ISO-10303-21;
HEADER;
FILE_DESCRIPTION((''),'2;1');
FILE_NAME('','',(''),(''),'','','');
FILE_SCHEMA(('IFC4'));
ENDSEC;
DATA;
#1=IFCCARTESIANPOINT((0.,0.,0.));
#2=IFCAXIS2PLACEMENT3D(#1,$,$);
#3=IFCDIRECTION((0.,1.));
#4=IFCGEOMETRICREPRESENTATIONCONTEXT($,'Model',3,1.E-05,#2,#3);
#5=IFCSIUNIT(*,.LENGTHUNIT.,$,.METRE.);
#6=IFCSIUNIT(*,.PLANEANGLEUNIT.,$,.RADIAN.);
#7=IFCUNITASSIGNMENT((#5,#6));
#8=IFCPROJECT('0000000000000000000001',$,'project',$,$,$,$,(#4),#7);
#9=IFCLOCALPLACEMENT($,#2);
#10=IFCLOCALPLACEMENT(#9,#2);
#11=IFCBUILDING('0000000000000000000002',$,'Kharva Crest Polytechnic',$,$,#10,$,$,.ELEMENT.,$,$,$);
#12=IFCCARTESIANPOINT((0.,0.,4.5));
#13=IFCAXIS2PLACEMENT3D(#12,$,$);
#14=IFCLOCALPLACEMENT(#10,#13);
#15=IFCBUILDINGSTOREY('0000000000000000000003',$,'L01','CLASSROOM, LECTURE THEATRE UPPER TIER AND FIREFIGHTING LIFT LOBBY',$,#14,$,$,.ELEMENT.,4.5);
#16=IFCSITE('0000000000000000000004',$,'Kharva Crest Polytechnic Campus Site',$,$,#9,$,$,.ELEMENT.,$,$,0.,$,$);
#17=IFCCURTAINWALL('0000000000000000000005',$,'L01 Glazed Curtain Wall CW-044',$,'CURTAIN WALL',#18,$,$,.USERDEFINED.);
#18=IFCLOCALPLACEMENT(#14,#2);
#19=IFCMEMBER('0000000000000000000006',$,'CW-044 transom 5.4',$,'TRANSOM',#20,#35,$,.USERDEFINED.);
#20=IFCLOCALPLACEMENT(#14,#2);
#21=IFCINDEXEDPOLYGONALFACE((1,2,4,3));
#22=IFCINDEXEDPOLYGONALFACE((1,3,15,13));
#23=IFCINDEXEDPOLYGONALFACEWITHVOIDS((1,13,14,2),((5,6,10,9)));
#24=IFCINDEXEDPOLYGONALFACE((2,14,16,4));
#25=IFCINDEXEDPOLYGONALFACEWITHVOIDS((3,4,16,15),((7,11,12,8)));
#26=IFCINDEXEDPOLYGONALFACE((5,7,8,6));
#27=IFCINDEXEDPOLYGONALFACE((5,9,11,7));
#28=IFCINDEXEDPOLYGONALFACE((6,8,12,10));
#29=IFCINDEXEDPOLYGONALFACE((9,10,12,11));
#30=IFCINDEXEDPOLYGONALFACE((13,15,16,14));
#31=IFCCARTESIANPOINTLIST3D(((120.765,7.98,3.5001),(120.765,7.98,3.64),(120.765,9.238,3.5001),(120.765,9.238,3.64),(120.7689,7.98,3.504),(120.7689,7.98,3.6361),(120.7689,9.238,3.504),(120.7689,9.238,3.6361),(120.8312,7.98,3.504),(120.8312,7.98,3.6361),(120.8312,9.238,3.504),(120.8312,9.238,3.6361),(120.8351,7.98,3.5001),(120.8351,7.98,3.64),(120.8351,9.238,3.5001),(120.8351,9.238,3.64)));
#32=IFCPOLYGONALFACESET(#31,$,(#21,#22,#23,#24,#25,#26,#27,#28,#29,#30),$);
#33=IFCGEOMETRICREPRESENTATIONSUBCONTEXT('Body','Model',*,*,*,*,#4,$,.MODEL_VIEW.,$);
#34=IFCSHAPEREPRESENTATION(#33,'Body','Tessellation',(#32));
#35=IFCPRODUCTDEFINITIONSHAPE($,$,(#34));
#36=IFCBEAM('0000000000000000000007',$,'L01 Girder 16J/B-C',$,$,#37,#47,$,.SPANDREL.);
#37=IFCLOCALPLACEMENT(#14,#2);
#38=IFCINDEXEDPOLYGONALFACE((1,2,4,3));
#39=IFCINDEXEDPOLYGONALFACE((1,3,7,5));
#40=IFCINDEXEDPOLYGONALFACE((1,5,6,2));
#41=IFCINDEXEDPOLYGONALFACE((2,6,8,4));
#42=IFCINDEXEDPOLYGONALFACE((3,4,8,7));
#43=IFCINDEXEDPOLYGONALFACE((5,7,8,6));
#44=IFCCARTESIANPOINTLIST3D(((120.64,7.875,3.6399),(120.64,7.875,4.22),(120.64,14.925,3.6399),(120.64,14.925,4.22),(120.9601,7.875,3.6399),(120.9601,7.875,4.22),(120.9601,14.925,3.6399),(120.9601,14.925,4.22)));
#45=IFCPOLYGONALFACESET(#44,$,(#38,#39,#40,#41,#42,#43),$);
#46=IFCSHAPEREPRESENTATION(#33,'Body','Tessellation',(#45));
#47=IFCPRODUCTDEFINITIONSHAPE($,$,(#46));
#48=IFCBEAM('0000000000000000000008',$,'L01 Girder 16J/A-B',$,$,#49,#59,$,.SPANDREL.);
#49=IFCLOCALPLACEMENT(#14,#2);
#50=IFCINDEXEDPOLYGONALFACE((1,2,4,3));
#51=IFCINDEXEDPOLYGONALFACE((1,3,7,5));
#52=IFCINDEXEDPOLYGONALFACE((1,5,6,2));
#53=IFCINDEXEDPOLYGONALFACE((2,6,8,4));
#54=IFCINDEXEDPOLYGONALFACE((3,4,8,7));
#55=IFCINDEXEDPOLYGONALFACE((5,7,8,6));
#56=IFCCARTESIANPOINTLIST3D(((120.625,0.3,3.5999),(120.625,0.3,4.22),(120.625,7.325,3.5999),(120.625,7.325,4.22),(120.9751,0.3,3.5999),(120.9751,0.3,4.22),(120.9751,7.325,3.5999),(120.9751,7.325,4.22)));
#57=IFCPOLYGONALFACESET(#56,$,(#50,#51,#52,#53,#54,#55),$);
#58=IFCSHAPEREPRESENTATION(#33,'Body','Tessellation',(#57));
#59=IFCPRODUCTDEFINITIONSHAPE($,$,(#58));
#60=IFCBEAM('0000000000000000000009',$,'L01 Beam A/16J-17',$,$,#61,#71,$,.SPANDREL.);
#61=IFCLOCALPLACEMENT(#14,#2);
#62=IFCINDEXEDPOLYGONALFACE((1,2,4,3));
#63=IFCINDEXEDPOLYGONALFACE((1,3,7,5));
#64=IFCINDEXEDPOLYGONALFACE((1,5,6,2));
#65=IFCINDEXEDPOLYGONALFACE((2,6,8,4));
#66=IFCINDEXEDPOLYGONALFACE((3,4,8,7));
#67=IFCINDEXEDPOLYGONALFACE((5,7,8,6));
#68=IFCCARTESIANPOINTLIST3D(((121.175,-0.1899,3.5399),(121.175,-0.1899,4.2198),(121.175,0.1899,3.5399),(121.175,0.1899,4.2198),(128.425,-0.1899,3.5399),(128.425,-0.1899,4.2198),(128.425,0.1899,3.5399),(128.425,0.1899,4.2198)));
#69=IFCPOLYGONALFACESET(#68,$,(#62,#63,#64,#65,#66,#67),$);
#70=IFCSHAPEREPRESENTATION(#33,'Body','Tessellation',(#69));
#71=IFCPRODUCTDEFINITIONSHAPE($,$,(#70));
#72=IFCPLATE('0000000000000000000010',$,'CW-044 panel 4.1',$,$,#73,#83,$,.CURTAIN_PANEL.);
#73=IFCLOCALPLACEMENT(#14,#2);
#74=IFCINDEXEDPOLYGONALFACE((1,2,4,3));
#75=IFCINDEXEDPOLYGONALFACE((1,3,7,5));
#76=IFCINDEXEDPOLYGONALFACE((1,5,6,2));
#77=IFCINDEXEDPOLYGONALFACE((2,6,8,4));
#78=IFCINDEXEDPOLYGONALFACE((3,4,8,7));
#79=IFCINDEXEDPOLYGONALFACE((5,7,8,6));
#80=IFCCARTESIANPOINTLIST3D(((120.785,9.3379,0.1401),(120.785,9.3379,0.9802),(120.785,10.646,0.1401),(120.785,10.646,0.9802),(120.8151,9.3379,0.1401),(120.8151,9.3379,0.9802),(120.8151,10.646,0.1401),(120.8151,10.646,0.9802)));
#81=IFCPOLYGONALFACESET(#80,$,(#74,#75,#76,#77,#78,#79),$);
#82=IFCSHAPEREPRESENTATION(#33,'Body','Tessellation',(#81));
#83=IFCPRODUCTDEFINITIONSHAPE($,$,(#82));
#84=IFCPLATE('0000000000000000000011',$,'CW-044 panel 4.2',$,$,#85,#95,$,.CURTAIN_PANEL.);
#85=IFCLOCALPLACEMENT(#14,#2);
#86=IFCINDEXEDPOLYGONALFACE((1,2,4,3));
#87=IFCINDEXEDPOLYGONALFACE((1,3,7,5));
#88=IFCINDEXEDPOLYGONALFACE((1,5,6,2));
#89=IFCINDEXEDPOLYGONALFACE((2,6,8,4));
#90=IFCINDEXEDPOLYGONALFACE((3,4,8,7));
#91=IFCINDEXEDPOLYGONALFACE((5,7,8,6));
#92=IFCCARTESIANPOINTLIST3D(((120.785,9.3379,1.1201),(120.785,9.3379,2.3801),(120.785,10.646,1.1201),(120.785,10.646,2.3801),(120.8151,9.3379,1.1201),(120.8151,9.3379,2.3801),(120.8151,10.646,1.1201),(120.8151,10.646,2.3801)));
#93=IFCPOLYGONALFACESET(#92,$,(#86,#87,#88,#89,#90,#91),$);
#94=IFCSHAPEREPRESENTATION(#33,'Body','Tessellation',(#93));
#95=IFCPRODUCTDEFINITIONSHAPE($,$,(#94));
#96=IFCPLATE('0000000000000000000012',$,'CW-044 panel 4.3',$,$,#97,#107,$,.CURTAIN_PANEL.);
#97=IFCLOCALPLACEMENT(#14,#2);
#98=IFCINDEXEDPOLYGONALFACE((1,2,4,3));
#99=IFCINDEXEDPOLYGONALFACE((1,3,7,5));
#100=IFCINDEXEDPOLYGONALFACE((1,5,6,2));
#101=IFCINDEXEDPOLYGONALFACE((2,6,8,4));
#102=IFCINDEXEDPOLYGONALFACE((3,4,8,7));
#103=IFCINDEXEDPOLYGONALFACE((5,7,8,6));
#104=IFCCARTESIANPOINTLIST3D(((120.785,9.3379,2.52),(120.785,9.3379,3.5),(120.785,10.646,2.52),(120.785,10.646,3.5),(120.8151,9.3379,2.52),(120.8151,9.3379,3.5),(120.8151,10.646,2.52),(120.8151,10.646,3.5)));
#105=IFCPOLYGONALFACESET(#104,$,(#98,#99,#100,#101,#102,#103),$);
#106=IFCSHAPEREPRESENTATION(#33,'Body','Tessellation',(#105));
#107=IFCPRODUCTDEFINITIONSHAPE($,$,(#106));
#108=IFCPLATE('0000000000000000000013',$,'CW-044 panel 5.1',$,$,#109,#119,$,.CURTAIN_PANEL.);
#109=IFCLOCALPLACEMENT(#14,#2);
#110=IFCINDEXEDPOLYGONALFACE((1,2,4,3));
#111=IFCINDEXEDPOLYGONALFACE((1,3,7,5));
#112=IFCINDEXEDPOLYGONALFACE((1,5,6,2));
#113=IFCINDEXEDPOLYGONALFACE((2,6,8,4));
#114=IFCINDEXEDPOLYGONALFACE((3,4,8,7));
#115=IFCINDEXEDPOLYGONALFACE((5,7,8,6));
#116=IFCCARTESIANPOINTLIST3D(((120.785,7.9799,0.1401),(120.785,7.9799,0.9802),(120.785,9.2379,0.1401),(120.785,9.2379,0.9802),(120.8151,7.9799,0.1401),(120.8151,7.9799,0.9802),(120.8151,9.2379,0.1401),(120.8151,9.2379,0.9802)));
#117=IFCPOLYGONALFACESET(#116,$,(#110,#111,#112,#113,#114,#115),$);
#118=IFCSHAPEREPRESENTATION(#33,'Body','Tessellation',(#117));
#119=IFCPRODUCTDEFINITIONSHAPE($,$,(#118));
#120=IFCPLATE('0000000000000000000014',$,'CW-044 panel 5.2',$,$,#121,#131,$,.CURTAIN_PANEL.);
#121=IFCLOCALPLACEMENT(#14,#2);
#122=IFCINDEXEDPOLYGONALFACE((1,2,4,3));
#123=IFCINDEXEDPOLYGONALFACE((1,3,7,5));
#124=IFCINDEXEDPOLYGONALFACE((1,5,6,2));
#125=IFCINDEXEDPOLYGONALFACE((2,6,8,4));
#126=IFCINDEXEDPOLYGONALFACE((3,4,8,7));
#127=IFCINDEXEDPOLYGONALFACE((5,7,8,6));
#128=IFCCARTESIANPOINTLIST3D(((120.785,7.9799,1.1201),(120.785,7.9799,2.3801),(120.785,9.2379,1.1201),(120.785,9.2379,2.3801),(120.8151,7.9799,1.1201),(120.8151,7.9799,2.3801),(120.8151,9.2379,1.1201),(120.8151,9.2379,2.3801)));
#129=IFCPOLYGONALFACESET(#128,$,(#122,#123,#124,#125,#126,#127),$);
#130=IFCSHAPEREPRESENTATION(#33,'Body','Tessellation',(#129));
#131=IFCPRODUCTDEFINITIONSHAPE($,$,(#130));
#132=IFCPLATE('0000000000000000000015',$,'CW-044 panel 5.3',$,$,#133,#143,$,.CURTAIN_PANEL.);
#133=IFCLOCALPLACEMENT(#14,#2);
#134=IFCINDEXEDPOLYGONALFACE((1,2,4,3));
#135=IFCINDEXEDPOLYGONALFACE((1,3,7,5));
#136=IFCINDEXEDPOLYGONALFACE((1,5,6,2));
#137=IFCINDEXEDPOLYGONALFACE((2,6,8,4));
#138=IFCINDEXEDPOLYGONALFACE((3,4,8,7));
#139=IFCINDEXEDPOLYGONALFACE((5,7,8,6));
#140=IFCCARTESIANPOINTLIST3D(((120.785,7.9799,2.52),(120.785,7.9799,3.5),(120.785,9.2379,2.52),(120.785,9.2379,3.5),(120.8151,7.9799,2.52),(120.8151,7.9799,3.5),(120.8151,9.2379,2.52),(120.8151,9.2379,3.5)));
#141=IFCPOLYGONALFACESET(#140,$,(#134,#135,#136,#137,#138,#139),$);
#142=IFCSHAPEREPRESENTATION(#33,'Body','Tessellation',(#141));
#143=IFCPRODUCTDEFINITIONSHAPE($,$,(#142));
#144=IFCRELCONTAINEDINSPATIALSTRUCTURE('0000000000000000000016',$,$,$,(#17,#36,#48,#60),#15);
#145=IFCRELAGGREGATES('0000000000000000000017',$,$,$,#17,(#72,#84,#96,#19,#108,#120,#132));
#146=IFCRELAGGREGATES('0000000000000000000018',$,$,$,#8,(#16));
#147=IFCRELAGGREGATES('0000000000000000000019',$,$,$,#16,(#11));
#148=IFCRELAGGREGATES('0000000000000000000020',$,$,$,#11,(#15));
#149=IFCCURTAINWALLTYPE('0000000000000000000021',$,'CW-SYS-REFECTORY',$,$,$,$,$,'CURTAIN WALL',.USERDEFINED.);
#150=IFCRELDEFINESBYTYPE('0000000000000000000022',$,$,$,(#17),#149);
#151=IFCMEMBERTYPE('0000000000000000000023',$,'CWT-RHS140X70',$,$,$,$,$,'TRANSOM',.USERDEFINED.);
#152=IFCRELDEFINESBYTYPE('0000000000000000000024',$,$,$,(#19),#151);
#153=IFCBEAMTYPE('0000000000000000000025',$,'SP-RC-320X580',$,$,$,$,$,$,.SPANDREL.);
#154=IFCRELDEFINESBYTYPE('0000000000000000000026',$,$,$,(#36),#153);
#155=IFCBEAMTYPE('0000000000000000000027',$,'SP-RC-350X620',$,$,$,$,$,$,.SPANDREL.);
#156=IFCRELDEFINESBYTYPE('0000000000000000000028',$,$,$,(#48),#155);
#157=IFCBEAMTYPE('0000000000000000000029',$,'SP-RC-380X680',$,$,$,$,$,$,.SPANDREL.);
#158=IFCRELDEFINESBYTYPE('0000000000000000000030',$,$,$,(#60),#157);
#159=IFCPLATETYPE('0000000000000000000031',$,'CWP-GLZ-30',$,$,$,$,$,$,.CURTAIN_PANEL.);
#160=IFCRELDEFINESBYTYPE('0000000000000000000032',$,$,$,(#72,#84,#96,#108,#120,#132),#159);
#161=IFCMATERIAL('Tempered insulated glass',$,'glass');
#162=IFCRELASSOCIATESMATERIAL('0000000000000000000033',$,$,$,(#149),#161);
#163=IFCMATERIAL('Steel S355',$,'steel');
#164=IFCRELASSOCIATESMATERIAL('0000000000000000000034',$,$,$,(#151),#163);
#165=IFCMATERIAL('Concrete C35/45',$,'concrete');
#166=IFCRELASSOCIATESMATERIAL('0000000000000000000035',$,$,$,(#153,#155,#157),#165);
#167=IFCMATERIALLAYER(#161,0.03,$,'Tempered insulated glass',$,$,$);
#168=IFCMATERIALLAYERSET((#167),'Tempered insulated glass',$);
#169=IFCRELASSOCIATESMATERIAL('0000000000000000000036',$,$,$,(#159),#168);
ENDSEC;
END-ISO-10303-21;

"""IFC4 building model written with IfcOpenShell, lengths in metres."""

from ifc_helpers import new_model, si_unit, direction, frame, origin, origin_2d, place, context, subcontext, project, spatial, rectangle, hollow_rectangle, extrude, material, layer, layer_set, material_profile, profile_set, type_object, element, aggregate, save


model = new_model("IFC4")

# Units and contexts
model_context = context("Model", 3, precision=1e-05, world=origin(), true_north=direction((0.0, 1.0)))
body_context = subcontext(model_context, "Body", "Model", "MODEL_VIEW")
ifc_project = project(units=[si_unit("LENGTHUNIT", "METRE"), si_unit("PLANEANGLEUNIT", "RADIAN")], contexts=[model_context])

# Site, building, storey
site_placement = place(None, origin())
site = spatial("IfcSite", under=ifc_project, at=site_placement, Name="Kharva Crest Polytechnic Campus Site", CompositionType="ELEMENT", RefElevation=0.0)
building_placement = place(site_placement, origin())
building = spatial("IfcBuilding", under=site, at=building_placement, Name="Kharva Crest Polytechnic", CompositionType="ELEMENT")
storey_placement = place(building_placement, frame((0.0, 0.0, 4.5)))
storey = spatial("IfcBuildingStorey", under=building, at=storey_placement, Name="L01", Description="CLASSROOM, LECTURE THEATRE UPPER TIER AND FIREFIGHTING LIFT LOBBY", CompositionType="ELEMENT", Elevation=4.5)

# Shared definitions
ifc_material_1 = material(Name="Concrete C35/45", Category="concrete")

# Curtain wall, member
ifc_material_2 = material(Name="Tempered insulated glass", Category="glass")
curtain_wall_type = type_object("IfcCurtainWallType", Name="CW-SYS-REFECTORY", ElementType="CURTAIN WALL", PredefinedType="USERDEFINED", material=ifc_material_2)
curtain_wall_placement = place(storey_placement, origin())
curtain_wall = element("IfcCurtainWall", 1, at=curtain_wall_placement, inside=storey, type_object=curtain_wall_type, Name="L01 Glazed Curtain Wall CW-044", ObjectType="CURTAIN WALL", PredefinedType="USERDEFINED")
ifc_material_3 = material(Name="Steel S355", Category="steel")
ifc_material_profile_1 = material_profile(ifc_material_3, hollow_rectangle(XDim=0.0701, YDim=0.1399, WallThickness=0.0039, at=origin_2d()), Name="RHS 140X70X4.0")
ifc_profile_set_1 = profile_set([ifc_material_profile_1], Name="Steel S355")
member_type_1 = type_object("IfcMemberType", Name="CWT-RHS140X70", ElementType="TRANSOM", PredefinedType="USERDEFINED", material=ifc_profile_set_1)
member_1_placement = place(storey_placement, frame((120.8, 9.238, 3.5701), z_axis=(0.0, -1.0, 0.0), x_axis=(1.0, 0.0, 0.0)))
member_1 = element("IfcMember", 2, at=member_1_placement, type_object=member_type_1, Name="CW-044 transom 5.4", ObjectType="TRANSOM", PredefinedType="USERDEFINED", context=body_context, shape_type="SweptSolid", body=[
    extrude(hollow_rectangle(XDim=0.0701, YDim=0.1399, WallThickness=0.0039, at=origin_2d()), origin(), (0.0, 0.0, 1.0), 1.2581),
])

# Beams
ifc_material_profile_2 = material_profile(ifc_material_1, rectangle(XDim=0.3201, YDim=0.5801, at=origin_2d()), Name="RECT 320 X 580")
ifc_profile_set_2 = profile_set([ifc_material_profile_2], Name="Concrete C35/45")
beam_type_1 = type_object("IfcBeamType", Name="SP-RC-320X580", PredefinedType="SPANDREL", material=ifc_profile_set_2)
beam_1_placement = place(storey_placement, frame((120.8, 7.875, 3.9299), z_axis=(0.0, 1.0, 0.0), x_axis=(-1.0, 0.0, 0.0)))
element("IfcBeam", 3, at=beam_1_placement, inside=storey, type_object=beam_type_1, Name="L01 Girder 16J/B-C", PredefinedType="SPANDREL", context=body_context, shape_type="SweptSolid", body=[
    extrude(rectangle(XDim=0.3201, YDim=0.5801, at=origin_2d()), origin(), (0.0, 0.0, 1.0), 7.05),
])
ifc_material_profile_3 = material_profile(ifc_material_1, rectangle(XDim=0.3501, YDim=0.6201, at=origin_2d()), Name="RECT 350 X 620")
ifc_profile_set_3 = profile_set([ifc_material_profile_3], Name="Concrete C35/45")
beam_type_2 = type_object("IfcBeamType", Name="SP-RC-350X620", PredefinedType="SPANDREL", material=ifc_profile_set_3)
beam_2_placement = place(storey_placement, frame((120.8, 0.3, 3.9099), z_axis=(0.0, 1.0, 0.0), x_axis=(-1.0, 0.0, 0.0)))
element("IfcBeam", 4, at=beam_2_placement, inside=storey, type_object=beam_type_2, Name="L01 Girder 16J/A-B", PredefinedType="SPANDREL", context=body_context, shape_type="SweptSolid", body=[
    extrude(rectangle(XDim=0.3501, YDim=0.6201, at=origin_2d()), origin(), (0.0, 0.0, 1.0), 7.0249),
])
ifc_material_profile_4 = material_profile(ifc_material_1, rectangle(XDim=0.3799, YDim=0.6799, at=origin_2d()), Name="RECT 380 X 680")
ifc_profile_set_4 = profile_set([ifc_material_profile_4], Name="Concrete C35/45")
beam_type_3 = type_object("IfcBeamType", Name="SP-RC-380X680", PredefinedType="SPANDREL", material=ifc_profile_set_4)
beam_3_placement = place(storey_placement, frame((121.175, 0.0, 3.8799), z_axis=(1.0, 0.0, 0.0), x_axis=(0.0, 1.0, 0.0)))
element("IfcBeam", 5, at=beam_3_placement, inside=storey, type_object=beam_type_3, Name="L01 Beam A/16J-17", PredefinedType="SPANDREL", context=body_context, shape_type="SweptSolid", body=[
    extrude(rectangle(XDim=0.3799, YDim=0.6799, at=origin_2d()), origin(), (0.0, 0.0, 1.0), 7.25),
])

# Plates
ifc_layer_1 = layer(ifc_material_2, 0.03, Name="Tempered insulated glass")
ifc_layer_set_1 = layer_set([ifc_layer_1], Name="Tempered insulated glass")
plate_type = type_object("IfcPlateType", Name="CWP-GLZ-30", PredefinedType="CURTAIN_PANEL", material=ifc_layer_set_1)
plate_1_placement = place(storey_placement, frame((120.8, 9.9919, 0.1401), z_axis=(0.0, 0.0, 1.0), x_axis=(0.0, -1.0, 0.0)))
plate_1 = element("IfcPlate", 6, at=plate_1_placement, type_object=plate_type, Name="CW-044 panel 4.1", PredefinedType="CURTAIN_PANEL", context=body_context, shape_type="SweptSolid", body=[
    extrude(rectangle(XDim=1.3081, YDim=0.03, at=origin_2d()), origin(), (0.0, 0.0, 1.0), 0.8401),
])
plate_2_placement = place(storey_placement, frame((120.8, 9.9919, 1.1201), z_axis=(0.0, 0.0, 1.0), x_axis=(0.0, -1.0, 0.0)))
plate_2 = element("IfcPlate", 7, at=plate_2_placement, type_object=plate_type, Name="CW-044 panel 4.2", PredefinedType="CURTAIN_PANEL", context=body_context, shape_type="SweptSolid", body=[
    extrude(rectangle(XDim=1.3081, YDim=0.03, at=origin_2d()), origin(), (0.0, 0.0, 1.0), 1.26),
])
plate_3_placement = place(storey_placement, frame((120.8, 9.9919, 2.52), z_axis=(0.0, 0.0, 1.0), x_axis=(0.0, -1.0, 0.0)))
plate_3 = element("IfcPlate", 8, at=plate_3_placement, type_object=plate_type, Name="CW-044 panel 4.3", PredefinedType="CURTAIN_PANEL", context=body_context, shape_type="SweptSolid", body=[
    extrude(rectangle(XDim=1.3081, YDim=0.03, at=origin_2d()), origin(), (0.0, 0.0, 1.0), 0.98),
])
plate_4_placement = place(storey_placement, frame((120.8, 8.6089, 0.1401), z_axis=(0.0, 0.0, 1.0), x_axis=(0.0, -1.0, 0.0)))
plate_4 = element("IfcPlate", 9, at=plate_4_placement, type_object=plate_type, Name="CW-044 panel 5.1", PredefinedType="CURTAIN_PANEL", context=body_context, shape_type="SweptSolid", body=[
    extrude(rectangle(XDim=1.2581, YDim=0.03, at=origin_2d()), origin(), (0.0, 0.0, 1.0), 0.8401),
])
plate_5_placement = place(storey_placement, frame((120.8, 8.6089, 1.1201), z_axis=(0.0, 0.0, 1.0), x_axis=(0.0, -1.0, 0.0)))
plate_5 = element("IfcPlate", 10, at=plate_5_placement, type_object=plate_type, Name="CW-044 panel 5.2", PredefinedType="CURTAIN_PANEL", context=body_context, shape_type="SweptSolid", body=[
    extrude(rectangle(XDim=1.2581, YDim=0.03, at=origin_2d()), origin(), (0.0, 0.0, 1.0), 1.26),
])
plate_6_placement = place(storey_placement, frame((120.8, 8.6089, 2.52), z_axis=(0.0, 0.0, 1.0), x_axis=(0.0, -1.0, 0.0)))
plate_6 = element("IfcPlate", 11, at=plate_6_placement, type_object=plate_type, Name="CW-044 panel 5.3", PredefinedType="CURTAIN_PANEL", context=body_context, shape_type="SweptSolid", body=[
    extrude(rectangle(XDim=1.2581, YDim=0.03, at=origin_2d()), origin(), (0.0, 0.0, 1.0), 0.98),
])
aggregate(curtain_wall, [plate_1, plate_2, plate_3, member_1, plate_4, plate_5, plate_6])

save(model, "model.ifc")
